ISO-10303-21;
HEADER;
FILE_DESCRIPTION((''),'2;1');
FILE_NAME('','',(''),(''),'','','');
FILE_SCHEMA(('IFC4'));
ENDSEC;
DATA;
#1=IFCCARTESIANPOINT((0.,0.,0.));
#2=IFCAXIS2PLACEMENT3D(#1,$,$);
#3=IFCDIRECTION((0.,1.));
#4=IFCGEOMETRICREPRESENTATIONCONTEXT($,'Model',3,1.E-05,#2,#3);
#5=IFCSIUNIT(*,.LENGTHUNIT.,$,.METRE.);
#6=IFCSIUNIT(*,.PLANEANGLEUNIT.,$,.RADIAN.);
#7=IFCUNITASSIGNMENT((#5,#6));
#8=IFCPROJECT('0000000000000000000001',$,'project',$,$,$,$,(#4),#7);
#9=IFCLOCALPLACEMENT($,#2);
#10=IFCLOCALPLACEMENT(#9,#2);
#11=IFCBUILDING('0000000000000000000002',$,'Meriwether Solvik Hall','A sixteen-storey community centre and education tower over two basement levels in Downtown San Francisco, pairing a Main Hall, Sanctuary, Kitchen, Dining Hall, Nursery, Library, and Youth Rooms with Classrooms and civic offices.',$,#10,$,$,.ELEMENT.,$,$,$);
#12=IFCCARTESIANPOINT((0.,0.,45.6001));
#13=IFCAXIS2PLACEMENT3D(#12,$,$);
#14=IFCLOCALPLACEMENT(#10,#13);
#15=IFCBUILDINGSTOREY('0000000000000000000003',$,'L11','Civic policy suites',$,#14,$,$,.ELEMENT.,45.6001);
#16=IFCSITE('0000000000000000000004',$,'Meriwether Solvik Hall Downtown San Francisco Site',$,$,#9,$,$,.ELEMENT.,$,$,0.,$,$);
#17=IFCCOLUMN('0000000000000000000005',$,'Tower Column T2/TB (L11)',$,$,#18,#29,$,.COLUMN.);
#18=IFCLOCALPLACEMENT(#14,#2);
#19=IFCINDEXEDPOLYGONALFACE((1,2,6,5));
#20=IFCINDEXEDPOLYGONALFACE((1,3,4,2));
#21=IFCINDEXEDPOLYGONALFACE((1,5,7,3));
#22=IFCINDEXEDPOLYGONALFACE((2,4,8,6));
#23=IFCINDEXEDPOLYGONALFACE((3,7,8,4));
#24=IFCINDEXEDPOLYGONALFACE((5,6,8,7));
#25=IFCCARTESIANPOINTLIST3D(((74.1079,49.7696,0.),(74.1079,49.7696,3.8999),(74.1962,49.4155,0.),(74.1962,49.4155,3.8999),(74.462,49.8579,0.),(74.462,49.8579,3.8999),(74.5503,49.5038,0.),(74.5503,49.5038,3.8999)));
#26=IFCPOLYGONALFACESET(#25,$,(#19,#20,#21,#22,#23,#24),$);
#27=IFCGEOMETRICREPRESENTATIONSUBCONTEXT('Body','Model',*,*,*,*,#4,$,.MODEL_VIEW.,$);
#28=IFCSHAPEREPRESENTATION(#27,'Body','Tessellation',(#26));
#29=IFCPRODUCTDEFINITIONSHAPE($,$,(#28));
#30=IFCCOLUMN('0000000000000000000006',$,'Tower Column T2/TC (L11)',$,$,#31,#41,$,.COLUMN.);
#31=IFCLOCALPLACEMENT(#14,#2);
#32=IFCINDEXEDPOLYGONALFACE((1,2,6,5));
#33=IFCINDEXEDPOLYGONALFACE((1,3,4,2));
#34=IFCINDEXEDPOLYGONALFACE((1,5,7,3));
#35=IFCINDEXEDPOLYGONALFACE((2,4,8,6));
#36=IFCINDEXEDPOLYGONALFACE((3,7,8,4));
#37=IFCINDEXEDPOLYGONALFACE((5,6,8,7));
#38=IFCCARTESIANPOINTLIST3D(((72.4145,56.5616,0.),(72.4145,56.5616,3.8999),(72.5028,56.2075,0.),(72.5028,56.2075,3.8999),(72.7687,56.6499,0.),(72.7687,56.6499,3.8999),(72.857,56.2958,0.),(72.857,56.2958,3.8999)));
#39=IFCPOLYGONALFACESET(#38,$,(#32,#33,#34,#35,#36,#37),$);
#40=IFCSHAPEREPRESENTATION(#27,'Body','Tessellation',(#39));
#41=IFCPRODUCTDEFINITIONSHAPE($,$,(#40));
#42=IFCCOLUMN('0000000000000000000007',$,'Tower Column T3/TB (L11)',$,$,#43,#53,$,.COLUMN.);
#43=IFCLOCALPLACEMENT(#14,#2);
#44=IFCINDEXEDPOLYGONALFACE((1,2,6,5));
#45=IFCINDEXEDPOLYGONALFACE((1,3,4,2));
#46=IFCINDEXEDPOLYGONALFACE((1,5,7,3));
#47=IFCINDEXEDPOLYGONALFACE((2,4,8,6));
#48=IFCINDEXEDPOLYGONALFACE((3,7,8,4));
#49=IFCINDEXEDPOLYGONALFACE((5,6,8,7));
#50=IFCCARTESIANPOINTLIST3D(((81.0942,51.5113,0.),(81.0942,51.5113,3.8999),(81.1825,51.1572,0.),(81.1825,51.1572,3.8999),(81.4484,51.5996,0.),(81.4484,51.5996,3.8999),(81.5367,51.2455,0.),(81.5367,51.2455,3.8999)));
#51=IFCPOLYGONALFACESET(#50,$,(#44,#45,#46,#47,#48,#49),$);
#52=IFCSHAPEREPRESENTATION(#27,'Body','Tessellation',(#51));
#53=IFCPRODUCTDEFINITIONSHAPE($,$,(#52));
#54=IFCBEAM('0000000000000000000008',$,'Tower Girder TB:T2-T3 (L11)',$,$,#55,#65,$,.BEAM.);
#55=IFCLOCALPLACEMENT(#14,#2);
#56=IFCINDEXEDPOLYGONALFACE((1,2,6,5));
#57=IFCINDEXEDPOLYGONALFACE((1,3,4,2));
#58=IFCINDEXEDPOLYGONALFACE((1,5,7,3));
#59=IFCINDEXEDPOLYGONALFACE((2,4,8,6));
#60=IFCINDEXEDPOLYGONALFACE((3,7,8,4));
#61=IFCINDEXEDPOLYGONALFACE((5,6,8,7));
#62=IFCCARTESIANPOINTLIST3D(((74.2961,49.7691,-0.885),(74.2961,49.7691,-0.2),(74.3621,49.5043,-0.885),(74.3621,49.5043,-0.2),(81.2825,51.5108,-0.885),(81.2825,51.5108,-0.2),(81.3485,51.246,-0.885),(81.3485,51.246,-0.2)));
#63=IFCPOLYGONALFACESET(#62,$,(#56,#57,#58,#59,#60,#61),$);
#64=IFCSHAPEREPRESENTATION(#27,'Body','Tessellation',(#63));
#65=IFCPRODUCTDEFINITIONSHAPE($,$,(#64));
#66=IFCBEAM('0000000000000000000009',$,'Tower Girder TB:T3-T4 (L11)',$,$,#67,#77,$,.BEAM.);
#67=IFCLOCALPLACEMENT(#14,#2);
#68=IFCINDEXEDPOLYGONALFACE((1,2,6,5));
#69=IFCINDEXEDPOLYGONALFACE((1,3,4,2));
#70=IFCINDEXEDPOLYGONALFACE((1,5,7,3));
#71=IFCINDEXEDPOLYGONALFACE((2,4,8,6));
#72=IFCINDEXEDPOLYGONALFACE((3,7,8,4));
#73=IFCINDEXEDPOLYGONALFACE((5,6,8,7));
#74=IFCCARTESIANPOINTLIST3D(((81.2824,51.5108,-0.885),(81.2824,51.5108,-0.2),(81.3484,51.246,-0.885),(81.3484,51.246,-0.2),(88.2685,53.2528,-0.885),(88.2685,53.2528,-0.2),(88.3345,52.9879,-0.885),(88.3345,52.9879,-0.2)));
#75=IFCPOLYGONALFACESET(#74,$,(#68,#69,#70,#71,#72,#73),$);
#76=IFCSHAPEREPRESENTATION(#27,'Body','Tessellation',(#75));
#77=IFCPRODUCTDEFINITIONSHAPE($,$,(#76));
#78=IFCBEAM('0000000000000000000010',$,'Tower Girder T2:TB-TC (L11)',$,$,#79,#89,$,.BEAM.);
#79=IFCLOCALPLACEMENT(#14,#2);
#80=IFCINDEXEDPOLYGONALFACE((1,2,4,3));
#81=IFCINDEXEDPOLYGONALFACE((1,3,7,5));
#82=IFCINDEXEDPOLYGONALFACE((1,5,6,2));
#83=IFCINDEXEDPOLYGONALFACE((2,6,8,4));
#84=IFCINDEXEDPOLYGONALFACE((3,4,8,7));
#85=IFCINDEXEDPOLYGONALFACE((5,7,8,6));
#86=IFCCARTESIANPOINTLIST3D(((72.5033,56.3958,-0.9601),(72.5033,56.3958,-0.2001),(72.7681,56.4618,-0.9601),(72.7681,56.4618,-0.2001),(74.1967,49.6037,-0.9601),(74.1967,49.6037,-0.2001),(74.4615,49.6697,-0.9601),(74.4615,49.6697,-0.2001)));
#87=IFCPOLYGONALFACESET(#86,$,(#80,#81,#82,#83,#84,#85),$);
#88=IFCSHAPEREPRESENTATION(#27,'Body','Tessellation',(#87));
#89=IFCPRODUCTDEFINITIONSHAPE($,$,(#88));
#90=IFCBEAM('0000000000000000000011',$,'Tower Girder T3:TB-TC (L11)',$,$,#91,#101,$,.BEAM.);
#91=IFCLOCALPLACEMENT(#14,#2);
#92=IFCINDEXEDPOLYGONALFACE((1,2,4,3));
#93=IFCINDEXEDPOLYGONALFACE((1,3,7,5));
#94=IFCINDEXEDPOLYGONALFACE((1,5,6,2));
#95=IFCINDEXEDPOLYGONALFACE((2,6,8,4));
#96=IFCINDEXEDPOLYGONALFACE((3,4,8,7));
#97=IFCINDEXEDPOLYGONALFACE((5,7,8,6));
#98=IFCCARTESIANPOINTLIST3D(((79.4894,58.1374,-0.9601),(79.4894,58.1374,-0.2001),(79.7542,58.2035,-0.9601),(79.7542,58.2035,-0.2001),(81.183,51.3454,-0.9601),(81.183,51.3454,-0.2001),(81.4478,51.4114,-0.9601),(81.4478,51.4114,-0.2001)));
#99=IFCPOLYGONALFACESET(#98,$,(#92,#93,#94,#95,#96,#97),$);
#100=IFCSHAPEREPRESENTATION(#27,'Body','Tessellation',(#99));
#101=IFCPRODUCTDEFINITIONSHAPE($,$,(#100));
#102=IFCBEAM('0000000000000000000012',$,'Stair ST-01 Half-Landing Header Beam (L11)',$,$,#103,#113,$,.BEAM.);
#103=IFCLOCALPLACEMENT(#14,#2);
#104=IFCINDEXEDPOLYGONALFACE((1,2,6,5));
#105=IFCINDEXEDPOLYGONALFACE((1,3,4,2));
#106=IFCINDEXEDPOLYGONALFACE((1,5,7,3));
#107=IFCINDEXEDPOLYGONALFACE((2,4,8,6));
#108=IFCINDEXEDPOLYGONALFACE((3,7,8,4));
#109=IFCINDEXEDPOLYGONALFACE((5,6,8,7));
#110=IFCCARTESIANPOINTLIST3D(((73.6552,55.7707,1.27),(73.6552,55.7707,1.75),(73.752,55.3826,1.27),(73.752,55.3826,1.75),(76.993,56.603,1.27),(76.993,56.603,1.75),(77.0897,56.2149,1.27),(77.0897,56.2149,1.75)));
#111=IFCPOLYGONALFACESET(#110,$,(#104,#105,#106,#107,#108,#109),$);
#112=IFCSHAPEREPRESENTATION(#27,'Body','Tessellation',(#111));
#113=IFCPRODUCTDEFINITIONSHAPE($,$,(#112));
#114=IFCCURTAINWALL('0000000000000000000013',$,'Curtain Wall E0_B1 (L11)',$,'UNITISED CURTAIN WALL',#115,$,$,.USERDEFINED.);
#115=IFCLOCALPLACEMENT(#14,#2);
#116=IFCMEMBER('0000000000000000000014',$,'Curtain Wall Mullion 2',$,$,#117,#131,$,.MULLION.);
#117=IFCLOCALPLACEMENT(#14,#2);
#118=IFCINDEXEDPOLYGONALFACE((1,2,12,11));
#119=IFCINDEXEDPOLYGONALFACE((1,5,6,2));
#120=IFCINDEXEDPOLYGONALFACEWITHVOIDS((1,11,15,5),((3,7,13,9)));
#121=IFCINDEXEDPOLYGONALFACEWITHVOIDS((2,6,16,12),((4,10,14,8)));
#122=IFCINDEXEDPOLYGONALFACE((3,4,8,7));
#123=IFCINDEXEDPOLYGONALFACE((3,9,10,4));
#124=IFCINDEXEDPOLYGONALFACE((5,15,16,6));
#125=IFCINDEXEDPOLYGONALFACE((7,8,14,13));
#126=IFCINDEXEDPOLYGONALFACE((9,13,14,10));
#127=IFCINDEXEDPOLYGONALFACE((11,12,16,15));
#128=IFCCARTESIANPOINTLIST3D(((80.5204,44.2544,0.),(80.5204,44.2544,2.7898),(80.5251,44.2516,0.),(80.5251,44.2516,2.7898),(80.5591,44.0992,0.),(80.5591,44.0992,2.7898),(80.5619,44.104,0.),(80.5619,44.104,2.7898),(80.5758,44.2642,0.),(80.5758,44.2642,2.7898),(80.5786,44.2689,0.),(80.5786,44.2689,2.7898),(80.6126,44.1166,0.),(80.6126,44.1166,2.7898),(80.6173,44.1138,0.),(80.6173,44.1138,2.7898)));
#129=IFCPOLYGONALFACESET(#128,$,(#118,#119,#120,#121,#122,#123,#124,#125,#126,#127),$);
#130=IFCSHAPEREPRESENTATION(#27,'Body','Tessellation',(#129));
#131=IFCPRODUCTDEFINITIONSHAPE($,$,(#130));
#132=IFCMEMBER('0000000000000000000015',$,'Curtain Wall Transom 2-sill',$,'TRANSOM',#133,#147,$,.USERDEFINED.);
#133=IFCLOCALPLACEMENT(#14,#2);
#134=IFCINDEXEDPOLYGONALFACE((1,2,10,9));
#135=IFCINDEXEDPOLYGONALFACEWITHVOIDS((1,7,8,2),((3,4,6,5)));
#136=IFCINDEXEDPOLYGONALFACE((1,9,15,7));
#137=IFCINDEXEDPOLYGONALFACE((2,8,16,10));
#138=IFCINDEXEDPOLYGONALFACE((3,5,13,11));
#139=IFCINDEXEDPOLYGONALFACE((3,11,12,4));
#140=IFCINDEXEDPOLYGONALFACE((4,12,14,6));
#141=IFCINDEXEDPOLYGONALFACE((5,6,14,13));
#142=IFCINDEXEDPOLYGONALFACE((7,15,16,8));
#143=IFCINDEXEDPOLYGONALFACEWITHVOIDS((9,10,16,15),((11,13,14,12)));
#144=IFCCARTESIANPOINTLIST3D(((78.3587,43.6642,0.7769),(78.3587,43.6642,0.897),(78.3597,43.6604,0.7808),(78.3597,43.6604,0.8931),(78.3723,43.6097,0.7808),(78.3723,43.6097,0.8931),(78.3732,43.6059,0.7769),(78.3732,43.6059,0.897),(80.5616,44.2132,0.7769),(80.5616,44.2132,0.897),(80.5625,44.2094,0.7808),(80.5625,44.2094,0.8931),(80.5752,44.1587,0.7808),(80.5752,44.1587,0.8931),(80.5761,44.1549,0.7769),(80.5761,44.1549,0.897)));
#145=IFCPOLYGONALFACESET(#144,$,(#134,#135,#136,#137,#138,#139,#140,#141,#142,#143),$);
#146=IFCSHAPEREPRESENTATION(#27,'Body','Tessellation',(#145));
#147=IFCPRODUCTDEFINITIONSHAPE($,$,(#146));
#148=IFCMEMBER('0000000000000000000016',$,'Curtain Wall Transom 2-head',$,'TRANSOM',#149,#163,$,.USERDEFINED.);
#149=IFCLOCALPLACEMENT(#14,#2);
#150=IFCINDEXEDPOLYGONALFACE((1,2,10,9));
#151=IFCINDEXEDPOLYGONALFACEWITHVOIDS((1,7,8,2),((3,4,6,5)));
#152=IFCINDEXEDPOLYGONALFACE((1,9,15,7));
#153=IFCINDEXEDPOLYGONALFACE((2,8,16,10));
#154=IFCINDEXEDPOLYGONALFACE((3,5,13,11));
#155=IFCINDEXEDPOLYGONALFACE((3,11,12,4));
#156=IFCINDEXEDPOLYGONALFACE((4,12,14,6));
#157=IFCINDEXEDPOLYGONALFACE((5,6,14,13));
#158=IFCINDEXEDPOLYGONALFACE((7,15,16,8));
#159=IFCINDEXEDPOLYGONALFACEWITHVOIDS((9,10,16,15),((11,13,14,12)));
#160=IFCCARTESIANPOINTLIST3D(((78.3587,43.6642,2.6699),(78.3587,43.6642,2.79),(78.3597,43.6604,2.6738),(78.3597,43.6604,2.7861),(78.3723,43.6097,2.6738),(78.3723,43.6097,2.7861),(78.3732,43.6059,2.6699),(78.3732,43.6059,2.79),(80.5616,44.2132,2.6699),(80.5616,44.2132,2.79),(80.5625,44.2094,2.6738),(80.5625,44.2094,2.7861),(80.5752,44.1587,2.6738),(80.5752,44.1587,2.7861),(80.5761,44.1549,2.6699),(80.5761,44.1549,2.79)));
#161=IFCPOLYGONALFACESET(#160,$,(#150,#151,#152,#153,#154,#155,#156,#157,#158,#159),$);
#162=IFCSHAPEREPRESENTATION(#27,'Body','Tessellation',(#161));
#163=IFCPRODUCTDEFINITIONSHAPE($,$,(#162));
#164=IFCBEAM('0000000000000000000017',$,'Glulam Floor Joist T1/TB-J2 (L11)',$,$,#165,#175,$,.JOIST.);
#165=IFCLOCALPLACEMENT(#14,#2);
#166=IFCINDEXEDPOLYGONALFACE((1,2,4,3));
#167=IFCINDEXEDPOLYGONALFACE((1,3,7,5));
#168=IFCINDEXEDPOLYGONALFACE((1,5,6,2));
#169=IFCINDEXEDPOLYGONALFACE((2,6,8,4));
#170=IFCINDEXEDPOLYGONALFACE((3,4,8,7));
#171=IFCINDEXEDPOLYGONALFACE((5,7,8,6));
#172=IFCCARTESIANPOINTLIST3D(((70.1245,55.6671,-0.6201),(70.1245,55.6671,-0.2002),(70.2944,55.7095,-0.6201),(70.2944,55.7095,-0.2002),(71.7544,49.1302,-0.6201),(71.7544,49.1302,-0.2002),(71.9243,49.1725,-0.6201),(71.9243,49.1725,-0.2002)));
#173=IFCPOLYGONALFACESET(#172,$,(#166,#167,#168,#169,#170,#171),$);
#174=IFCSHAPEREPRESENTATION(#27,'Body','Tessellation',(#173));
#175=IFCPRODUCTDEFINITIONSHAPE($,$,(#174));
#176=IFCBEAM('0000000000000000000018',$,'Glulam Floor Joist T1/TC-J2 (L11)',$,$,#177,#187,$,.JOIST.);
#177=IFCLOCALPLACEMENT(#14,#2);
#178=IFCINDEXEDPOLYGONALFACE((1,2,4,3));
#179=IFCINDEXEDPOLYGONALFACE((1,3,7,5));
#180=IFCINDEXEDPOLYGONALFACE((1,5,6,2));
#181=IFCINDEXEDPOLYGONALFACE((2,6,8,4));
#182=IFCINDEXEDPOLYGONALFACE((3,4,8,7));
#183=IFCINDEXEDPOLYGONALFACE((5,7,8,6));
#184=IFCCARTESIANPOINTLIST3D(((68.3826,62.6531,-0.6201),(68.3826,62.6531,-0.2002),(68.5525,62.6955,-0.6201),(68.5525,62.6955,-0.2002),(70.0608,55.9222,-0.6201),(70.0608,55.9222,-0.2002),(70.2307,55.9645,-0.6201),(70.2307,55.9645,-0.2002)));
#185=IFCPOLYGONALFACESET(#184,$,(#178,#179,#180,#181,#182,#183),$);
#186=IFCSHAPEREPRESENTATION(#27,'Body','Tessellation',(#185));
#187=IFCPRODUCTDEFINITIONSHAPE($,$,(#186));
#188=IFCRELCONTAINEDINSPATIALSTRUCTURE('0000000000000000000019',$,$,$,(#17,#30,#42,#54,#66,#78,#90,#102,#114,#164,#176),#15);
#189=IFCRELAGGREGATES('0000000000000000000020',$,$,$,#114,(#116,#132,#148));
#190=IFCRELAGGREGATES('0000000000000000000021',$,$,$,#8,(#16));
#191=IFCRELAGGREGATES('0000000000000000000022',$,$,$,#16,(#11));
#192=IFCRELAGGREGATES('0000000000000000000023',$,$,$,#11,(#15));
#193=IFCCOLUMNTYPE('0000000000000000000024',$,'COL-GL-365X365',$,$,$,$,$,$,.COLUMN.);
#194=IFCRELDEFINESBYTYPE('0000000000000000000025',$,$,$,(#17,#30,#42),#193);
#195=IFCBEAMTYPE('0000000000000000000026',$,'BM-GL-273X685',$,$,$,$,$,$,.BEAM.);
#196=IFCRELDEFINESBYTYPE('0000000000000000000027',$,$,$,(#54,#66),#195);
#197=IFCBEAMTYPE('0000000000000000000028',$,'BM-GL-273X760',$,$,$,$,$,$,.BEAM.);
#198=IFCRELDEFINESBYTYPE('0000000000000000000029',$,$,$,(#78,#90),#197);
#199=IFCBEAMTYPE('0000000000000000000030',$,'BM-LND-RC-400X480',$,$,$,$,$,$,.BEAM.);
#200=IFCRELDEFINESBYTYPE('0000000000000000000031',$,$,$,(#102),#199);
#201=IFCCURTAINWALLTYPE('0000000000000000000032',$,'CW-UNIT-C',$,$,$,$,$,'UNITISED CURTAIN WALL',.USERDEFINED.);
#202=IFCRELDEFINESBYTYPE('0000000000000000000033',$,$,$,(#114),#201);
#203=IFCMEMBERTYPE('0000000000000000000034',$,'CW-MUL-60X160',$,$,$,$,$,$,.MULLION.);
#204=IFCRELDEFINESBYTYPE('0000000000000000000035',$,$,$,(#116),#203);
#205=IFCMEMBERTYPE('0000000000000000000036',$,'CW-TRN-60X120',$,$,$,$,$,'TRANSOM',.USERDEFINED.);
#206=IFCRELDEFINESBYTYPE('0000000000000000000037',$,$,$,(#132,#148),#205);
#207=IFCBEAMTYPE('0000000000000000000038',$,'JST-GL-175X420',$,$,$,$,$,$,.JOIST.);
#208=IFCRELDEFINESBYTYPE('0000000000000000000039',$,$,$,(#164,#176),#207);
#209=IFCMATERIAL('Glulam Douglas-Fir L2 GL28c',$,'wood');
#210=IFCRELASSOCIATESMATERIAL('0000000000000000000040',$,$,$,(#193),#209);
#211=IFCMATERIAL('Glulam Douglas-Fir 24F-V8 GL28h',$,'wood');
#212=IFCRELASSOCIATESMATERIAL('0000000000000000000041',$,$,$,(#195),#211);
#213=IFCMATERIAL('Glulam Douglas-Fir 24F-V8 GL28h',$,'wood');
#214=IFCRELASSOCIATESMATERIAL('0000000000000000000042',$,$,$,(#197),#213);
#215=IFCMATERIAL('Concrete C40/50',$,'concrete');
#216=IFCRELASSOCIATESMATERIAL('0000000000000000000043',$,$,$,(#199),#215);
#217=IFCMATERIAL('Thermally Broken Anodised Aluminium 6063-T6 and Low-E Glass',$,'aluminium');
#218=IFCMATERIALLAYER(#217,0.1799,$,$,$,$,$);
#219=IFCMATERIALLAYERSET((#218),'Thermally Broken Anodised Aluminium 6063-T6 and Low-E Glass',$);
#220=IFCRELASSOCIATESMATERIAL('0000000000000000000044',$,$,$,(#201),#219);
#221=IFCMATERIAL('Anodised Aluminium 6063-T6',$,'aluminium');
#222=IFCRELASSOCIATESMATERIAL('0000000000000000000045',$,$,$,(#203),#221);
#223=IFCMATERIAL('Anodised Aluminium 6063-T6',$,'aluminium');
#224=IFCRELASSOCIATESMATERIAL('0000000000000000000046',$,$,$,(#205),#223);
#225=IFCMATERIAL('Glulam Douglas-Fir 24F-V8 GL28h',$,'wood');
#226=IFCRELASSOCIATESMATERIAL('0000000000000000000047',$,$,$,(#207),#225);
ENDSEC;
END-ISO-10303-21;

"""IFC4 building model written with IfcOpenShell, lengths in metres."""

from ifc_helpers import new_model, si_unit, direction, frame, origin, origin_2d, place, context, subcontext, project, spatial, rectangle, hollow_rectangle, extrude, material, layer, layer_set, material_profile, profile_set, type_object, element, aggregate, save


model = new_model("IFC4")

# Units and contexts
model_context = context("Model", 3, precision=1e-05, world=origin(), true_north=direction((0.0, 1.0)))
body_context = subcontext(model_context, "Body", "Model", "MODEL_VIEW")
ifc_project = project(units=[si_unit("LENGTHUNIT", "METRE"), si_unit("PLANEANGLEUNIT", "RADIAN")], contexts=[model_context])

# Site, building, storey
site_placement = place(None, origin())
site = spatial("IfcSite", under=ifc_project, at=site_placement, Name="Meriwether Solvik Hall Downtown San Francisco Site", CompositionType="ELEMENT", RefElevation=0.0)
building_placement = place(site_placement, origin())
building = spatial("IfcBuilding", under=site, at=building_placement, Name="Meriwether Solvik Hall", Description="A sixteen-storey community centre and education tower over two basement levels in Downtown San Francisco, pairing a Main Hall, Sanctuary, Kitchen, Dining Hall, Nursery, Library, and Youth Rooms with Classrooms and civic offices.", CompositionType="ELEMENT")
storey_placement = place(building_placement, frame((0.0, 0.0, 45.6001)))
storey = spatial("IfcBuildingStorey", under=building, at=storey_placement, Name="L11", Description="Civic policy suites", CompositionType="ELEMENT", Elevation=45.6001)

# Columns
ifc_material_1 = material(Name="Glulam Douglas-Fir L2 GL28c", Category="wood")
ifc_material_profile_1 = material_profile(ifc_material_1, rectangle(XDim=0.365, YDim=0.365, at=origin_2d()), Name="GLC-365X365")
ifc_profile_set_1 = profile_set([ifc_material_profile_1], Name="Glulam Douglas-Fir L2 GL28c")
column_type = type_object("IfcColumnType", Name="COL-GL-365X365", PredefinedType="COLUMN", material=ifc_profile_set_1)
for number, where, z_axis, x_axis, name in (
    (1, (74.3291, 49.6367, 0.0), (0.0, 0.0, 1.0), (0.970296, 0.241922, 0.0), "Tower Column T2/TB (L11)"),
    (2, (72.6357, 56.4287, 0.0), (0.0, 0.0, 1.0), (0.970296, 0.241922, 0.0), "Tower Column T2/TC (L11)"),
    (3, (81.3154, 51.3784, 0.0), (0.0, 0.0, 1.0), (0.970296, 0.241922, 0.0), "Tower Column T3/TB (L11)"),
):
    element("IfcColumn", number, at=place(storey_placement, frame(where, z_axis=z_axis, x_axis=x_axis)), inside=storey, type_object=column_type, Name=name, PredefinedType="COLUMN", context=body_context, shape_type="SweptSolid", body=[
        extrude(rectangle(XDim=0.365, YDim=0.365, at=origin_2d()), origin(), (0.0, 0.0, 1.0), 3.8999),
    ])

# Beams
ifc_material_2 = material(Name="Glulam Douglas-Fir 24F-V8 GL28h", Category="wood")
ifc_material_profile_2 = material_profile(ifc_material_2, rectangle(XDim=0.2729, YDim=0.6851, at=origin_2d()), Name="GLB-273X685")
ifc_profile_set_2 = profile_set([ifc_material_profile_2], Name="Glulam Douglas-Fir 24F-V8 GL28h")
beam_type_1 = type_object("IfcBeamType", Name="BM-GL-273X685", PredefinedType="BEAM", material=ifc_profile_set_2)
beam_1_placement = place(storey_placement, frame((74.3291, 49.6367, -0.5425), z_axis=(0.970302, 0.241897, 0.0), x_axis=(-0.241897, 0.970302, 0.0)))
element("IfcBeam", 4, at=beam_1_placement, inside=storey, type_object=beam_type_1, Name="Tower Girder TB:T2-T3 (L11)", PredefinedType="BEAM", context=body_context, shape_type="SweptSolid", body=[
    extrude(rectangle(XDim=0.2729, YDim=0.6851, at=origin_2d()), origin(), (0.0, 0.0, 1.0), 7.2002),
])
beam_2_placement = place(storey_placement, frame((81.3154, 51.3784, -0.5425), z_axis=(0.970292, 0.241937, 0.0), x_axis=(-0.241937, 0.970292, 0.0)))
element("IfcBeam", 5, at=beam_2_placement, inside=storey, type_object=beam_type_1, Name="Tower Girder TB:T3-T4 (L11)", PredefinedType="BEAM", context=body_context, shape_type="SweptSolid", body=[
    extrude(rectangle(XDim=0.2729, YDim=0.6851, at=origin_2d()), origin(), (0.0, 0.0, 1.0), 7.2),
])
ifc_material_3 = material(Name="Glulam Douglas-Fir 24F-V8 GL28h", Category="wood")
ifc_material_profile_3 = material_profile(ifc_material_3, rectangle(XDim=0.2729, YDim=0.76, at=origin_2d()), Name="GLB-273X760")
ifc_profile_set_3 = profile_set([ifc_material_profile_3], Name="Glulam Douglas-Fir 24F-V8 GL28h")
beam_type_2 = type_object("IfcBeamType", Name="BM-GL-273X760", PredefinedType="BEAM", material=ifc_profile_set_3)
for number, where, z_axis, x_axis, name in (
    (6, (74.3291, 49.6367, -0.5801), (-0.241912, 0.970298, 0.0), (-0.970298, -0.241912, 0.0), "Tower Girder T2:TB-TC (L11)"),
    (7, (81.3154, 51.3784, -0.5801), (-0.241945, 0.97029, 0.0), (-0.97029, -0.241945, 0.0), "Tower Girder T3:TB-TC (L11)"),
):
    element("IfcBeam", number, at=place(storey_placement, frame(where, z_axis=z_axis, x_axis=x_axis)), inside=storey, type_object=beam_type_2, Name=name, PredefinedType="BEAM", context=body_context, shape_type="SweptSolid", body=[
        extrude(rectangle(XDim=0.2729, YDim=0.76, at=origin_2d()), origin(), (0.0, 0.0, 1.0), 7.0),
    ])
ifc_material_4 = material(Name="Concrete C40/50", Category="concrete")
ifc_material_profile_4 = material_profile(ifc_material_4, rectangle(XDim=0.3999, YDim=0.48, at=origin_2d()), Name="RCB-400X480")
ifc_profile_set_4 = profile_set([ifc_material_profile_4], Name="Concrete C40/50")
beam_type_3 = type_object("IfcBeamType", Name="BM-LND-RC-400X480", PredefinedType="BEAM", material=ifc_profile_set_4)
beam_3_placement = place(storey_placement, frame((73.7036, 55.5767, 1.51), z_axis=(0.970288, 0.241951, 0.0), x_axis=(-0.241951, 0.970288, 0.0)))
element("IfcBeam", 8, at=beam_3_placement, inside=storey, type_object=beam_type_3, Name="Stair ST-01 Half-Landing Header Beam (L11)", PredefinedType="BEAM", context=body_context, shape_type="SweptSolid", body=[
    extrude(rectangle(XDim=0.3999, YDim=0.48, at=origin_2d()), origin(), (0.0, 0.0, 1.0), 3.4399),
])

# Curtain wall, members
ifc_material_5 = material(Name="Thermally Broken Anodised Aluminium 6063-T6 and Low-E Glass", Category="aluminium")
ifc_layer_1 = layer(ifc_material_5, 0.1799)
ifc_layer_set_1 = layer_set([ifc_layer_1], Name="Thermally Broken Anodised Aluminium 6063-T6 and Low-E Glass")
curtain_wall_type = type_object("IfcCurtainWallType", Name="CW-UNIT-C", ElementType="UNITISED CURTAIN WALL", PredefinedType="USERDEFINED", material=ifc_layer_set_1)
curtain_wall_placement = place(storey_placement, origin())
curtain_wall = element("IfcCurtainWall", 9, at=curtain_wall_placement, inside=storey, type_object=curtain_wall_type, Name="Curtain Wall E0_B1 (L11)", ObjectType="UNITISED CURTAIN WALL", PredefinedType="USERDEFINED")
ifc_material_6 = material(Name="Anodised Aluminium 6063-T6", Category="aluminium")
ifc_material_profile_5 = material_profile(ifc_material_6, hollow_rectangle(XDim=0.0601, YDim=0.1599, WallThickness=0.0039, at=origin_2d()), Name="CWM-60X160")
ifc_profile_set_5 = profile_set([ifc_material_profile_5], Name="Anodised Aluminium 6063-T6")
member_type_1 = type_object("IfcMemberType", Name="CW-MUL-60X160", PredefinedType="MULLION", material=ifc_profile_set_5)
member_1_placement = place(storey_placement, frame((80.5688, 44.1841, 0.0), z_axis=(0.0, 0.0, 1.0), x_axis=(-0.970296, -0.241922, 0.0)))
member_1 = element("IfcMember", 10, at=member_1_placement, type_object=member_type_1, Name="Curtain Wall Mullion 2", PredefinedType="MULLION", context=body_context, shape_type="SweptSolid", body=[
    extrude(hollow_rectangle(XDim=0.0601, YDim=0.1599, WallThickness=0.0039, at=origin_2d()), origin(), (0.0, 0.0, 1.0), 2.7898),
])
ifc_material_7 = material(Name="Anodised Aluminium 6063-T6", Category="aluminium")
ifc_material_profile_6 = material_profile(ifc_material_7, hollow_rectangle(XDim=0.0601, YDim=0.1201, WallThickness=0.0039, at=origin_2d()), Name="CWT-60X120")
ifc_profile_set_6 = profile_set([ifc_material_profile_6], Name="Anodised Aluminium 6063-T6")
member_type_2 = type_object("IfcMemberType", Name="CW-TRN-60X120", ElementType="TRANSOM", PredefinedType="USERDEFINED", material=ifc_profile_set_6)
member_2_placement = place(storey_placement, frame((80.5688, 44.1841, 0.8369), z_axis=(-0.970313, -0.241852, 0.0), x_axis=(0.241852, -0.970313, 0.0)))
member_2 = element("IfcMember", 11, at=member_2_placement, type_object=member_type_2, Name="Curtain Wall Transom 2-sill", ObjectType="TRANSOM", PredefinedType="USERDEFINED", context=body_context, shape_type="SweptSolid", body=[
    extrude(hollow_rectangle(XDim=0.0601, YDim=0.1201, WallThickness=0.0039, at=origin_2d()), origin(), (0.0, 0.0, 1.0), 2.2703),
])
member_3_placement = place(storey_placement, frame((80.5688, 44.1841, 2.73), z_axis=(-0.970313, -0.241852, 0.0), x_axis=(0.241852, -0.970313, 0.0)))
member_3 = element("IfcMember", 12, at=member_3_placement, type_object=member_type_2, Name="Curtain Wall Transom 2-head", ObjectType="TRANSOM", PredefinedType="USERDEFINED", context=body_context, shape_type="SweptSolid", body=[
    extrude(hollow_rectangle(XDim=0.0601, YDim=0.1201, WallThickness=0.0039, at=origin_2d()), origin(), (0.0, 0.0, 1.0), 2.2703),
])

# Beams
ifc_material_8 = material(Name="Glulam Douglas-Fir 24F-V8 GL28h", Category="wood")
ifc_material_profile_7 = material_profile(ifc_material_8, rectangle(XDim=0.175, YDim=0.4199, at=origin_2d()), Name="GLJ-175X420")
ifc_profile_set_7 = profile_set([ifc_material_profile_7], Name="Glulam Douglas-Fir 24F-V8 GL28h")
beam_type_4 = type_object("IfcBeamType", Name="JST-GL-175X420", PredefinedType="JOIST", material=ifc_profile_set_7)
beam_4_placement = place(storey_placement, frame((71.8394, 49.1514, -0.4102), z_axis=(-0.24193, 0.970294, 0.0), x_axis=(-0.970294, -0.24193, 0.0)))
element("IfcBeam", 13, at=beam_4_placement, inside=storey, type_object=beam_type_4, Name="Glulam Floor Joist T1/TB-J2 (L11)", PredefinedType="JOIST", context=body_context, shape_type="SweptSolid", body=[
    extrude(rectangle(XDim=0.175, YDim=0.4199, at=origin_2d()), origin(), (0.0, 0.0, 1.0), 6.7371),
])
beam_5_placement = place(storey_placement, frame((70.1458, 55.9434, -0.4102), z_axis=(-0.241923, 0.970296, 0.0), x_axis=(-0.970296, -0.241923, 0.0)))
element("IfcBeam", 14, at=beam_5_placement, inside=storey, type_object=beam_type_4, Name="Glulam Floor Joist T1/TC-J2 (L11)", PredefinedType="JOIST", context=body_context, shape_type="SweptSolid", body=[
    extrude(rectangle(XDim=0.175, YDim=0.4199, at=origin_2d()), origin(), (0.0, 0.0, 1.0), 6.937),
])

aggregate(curtain_wall, [member_1, member_2, member_3])

save(model, "model.ifc")
